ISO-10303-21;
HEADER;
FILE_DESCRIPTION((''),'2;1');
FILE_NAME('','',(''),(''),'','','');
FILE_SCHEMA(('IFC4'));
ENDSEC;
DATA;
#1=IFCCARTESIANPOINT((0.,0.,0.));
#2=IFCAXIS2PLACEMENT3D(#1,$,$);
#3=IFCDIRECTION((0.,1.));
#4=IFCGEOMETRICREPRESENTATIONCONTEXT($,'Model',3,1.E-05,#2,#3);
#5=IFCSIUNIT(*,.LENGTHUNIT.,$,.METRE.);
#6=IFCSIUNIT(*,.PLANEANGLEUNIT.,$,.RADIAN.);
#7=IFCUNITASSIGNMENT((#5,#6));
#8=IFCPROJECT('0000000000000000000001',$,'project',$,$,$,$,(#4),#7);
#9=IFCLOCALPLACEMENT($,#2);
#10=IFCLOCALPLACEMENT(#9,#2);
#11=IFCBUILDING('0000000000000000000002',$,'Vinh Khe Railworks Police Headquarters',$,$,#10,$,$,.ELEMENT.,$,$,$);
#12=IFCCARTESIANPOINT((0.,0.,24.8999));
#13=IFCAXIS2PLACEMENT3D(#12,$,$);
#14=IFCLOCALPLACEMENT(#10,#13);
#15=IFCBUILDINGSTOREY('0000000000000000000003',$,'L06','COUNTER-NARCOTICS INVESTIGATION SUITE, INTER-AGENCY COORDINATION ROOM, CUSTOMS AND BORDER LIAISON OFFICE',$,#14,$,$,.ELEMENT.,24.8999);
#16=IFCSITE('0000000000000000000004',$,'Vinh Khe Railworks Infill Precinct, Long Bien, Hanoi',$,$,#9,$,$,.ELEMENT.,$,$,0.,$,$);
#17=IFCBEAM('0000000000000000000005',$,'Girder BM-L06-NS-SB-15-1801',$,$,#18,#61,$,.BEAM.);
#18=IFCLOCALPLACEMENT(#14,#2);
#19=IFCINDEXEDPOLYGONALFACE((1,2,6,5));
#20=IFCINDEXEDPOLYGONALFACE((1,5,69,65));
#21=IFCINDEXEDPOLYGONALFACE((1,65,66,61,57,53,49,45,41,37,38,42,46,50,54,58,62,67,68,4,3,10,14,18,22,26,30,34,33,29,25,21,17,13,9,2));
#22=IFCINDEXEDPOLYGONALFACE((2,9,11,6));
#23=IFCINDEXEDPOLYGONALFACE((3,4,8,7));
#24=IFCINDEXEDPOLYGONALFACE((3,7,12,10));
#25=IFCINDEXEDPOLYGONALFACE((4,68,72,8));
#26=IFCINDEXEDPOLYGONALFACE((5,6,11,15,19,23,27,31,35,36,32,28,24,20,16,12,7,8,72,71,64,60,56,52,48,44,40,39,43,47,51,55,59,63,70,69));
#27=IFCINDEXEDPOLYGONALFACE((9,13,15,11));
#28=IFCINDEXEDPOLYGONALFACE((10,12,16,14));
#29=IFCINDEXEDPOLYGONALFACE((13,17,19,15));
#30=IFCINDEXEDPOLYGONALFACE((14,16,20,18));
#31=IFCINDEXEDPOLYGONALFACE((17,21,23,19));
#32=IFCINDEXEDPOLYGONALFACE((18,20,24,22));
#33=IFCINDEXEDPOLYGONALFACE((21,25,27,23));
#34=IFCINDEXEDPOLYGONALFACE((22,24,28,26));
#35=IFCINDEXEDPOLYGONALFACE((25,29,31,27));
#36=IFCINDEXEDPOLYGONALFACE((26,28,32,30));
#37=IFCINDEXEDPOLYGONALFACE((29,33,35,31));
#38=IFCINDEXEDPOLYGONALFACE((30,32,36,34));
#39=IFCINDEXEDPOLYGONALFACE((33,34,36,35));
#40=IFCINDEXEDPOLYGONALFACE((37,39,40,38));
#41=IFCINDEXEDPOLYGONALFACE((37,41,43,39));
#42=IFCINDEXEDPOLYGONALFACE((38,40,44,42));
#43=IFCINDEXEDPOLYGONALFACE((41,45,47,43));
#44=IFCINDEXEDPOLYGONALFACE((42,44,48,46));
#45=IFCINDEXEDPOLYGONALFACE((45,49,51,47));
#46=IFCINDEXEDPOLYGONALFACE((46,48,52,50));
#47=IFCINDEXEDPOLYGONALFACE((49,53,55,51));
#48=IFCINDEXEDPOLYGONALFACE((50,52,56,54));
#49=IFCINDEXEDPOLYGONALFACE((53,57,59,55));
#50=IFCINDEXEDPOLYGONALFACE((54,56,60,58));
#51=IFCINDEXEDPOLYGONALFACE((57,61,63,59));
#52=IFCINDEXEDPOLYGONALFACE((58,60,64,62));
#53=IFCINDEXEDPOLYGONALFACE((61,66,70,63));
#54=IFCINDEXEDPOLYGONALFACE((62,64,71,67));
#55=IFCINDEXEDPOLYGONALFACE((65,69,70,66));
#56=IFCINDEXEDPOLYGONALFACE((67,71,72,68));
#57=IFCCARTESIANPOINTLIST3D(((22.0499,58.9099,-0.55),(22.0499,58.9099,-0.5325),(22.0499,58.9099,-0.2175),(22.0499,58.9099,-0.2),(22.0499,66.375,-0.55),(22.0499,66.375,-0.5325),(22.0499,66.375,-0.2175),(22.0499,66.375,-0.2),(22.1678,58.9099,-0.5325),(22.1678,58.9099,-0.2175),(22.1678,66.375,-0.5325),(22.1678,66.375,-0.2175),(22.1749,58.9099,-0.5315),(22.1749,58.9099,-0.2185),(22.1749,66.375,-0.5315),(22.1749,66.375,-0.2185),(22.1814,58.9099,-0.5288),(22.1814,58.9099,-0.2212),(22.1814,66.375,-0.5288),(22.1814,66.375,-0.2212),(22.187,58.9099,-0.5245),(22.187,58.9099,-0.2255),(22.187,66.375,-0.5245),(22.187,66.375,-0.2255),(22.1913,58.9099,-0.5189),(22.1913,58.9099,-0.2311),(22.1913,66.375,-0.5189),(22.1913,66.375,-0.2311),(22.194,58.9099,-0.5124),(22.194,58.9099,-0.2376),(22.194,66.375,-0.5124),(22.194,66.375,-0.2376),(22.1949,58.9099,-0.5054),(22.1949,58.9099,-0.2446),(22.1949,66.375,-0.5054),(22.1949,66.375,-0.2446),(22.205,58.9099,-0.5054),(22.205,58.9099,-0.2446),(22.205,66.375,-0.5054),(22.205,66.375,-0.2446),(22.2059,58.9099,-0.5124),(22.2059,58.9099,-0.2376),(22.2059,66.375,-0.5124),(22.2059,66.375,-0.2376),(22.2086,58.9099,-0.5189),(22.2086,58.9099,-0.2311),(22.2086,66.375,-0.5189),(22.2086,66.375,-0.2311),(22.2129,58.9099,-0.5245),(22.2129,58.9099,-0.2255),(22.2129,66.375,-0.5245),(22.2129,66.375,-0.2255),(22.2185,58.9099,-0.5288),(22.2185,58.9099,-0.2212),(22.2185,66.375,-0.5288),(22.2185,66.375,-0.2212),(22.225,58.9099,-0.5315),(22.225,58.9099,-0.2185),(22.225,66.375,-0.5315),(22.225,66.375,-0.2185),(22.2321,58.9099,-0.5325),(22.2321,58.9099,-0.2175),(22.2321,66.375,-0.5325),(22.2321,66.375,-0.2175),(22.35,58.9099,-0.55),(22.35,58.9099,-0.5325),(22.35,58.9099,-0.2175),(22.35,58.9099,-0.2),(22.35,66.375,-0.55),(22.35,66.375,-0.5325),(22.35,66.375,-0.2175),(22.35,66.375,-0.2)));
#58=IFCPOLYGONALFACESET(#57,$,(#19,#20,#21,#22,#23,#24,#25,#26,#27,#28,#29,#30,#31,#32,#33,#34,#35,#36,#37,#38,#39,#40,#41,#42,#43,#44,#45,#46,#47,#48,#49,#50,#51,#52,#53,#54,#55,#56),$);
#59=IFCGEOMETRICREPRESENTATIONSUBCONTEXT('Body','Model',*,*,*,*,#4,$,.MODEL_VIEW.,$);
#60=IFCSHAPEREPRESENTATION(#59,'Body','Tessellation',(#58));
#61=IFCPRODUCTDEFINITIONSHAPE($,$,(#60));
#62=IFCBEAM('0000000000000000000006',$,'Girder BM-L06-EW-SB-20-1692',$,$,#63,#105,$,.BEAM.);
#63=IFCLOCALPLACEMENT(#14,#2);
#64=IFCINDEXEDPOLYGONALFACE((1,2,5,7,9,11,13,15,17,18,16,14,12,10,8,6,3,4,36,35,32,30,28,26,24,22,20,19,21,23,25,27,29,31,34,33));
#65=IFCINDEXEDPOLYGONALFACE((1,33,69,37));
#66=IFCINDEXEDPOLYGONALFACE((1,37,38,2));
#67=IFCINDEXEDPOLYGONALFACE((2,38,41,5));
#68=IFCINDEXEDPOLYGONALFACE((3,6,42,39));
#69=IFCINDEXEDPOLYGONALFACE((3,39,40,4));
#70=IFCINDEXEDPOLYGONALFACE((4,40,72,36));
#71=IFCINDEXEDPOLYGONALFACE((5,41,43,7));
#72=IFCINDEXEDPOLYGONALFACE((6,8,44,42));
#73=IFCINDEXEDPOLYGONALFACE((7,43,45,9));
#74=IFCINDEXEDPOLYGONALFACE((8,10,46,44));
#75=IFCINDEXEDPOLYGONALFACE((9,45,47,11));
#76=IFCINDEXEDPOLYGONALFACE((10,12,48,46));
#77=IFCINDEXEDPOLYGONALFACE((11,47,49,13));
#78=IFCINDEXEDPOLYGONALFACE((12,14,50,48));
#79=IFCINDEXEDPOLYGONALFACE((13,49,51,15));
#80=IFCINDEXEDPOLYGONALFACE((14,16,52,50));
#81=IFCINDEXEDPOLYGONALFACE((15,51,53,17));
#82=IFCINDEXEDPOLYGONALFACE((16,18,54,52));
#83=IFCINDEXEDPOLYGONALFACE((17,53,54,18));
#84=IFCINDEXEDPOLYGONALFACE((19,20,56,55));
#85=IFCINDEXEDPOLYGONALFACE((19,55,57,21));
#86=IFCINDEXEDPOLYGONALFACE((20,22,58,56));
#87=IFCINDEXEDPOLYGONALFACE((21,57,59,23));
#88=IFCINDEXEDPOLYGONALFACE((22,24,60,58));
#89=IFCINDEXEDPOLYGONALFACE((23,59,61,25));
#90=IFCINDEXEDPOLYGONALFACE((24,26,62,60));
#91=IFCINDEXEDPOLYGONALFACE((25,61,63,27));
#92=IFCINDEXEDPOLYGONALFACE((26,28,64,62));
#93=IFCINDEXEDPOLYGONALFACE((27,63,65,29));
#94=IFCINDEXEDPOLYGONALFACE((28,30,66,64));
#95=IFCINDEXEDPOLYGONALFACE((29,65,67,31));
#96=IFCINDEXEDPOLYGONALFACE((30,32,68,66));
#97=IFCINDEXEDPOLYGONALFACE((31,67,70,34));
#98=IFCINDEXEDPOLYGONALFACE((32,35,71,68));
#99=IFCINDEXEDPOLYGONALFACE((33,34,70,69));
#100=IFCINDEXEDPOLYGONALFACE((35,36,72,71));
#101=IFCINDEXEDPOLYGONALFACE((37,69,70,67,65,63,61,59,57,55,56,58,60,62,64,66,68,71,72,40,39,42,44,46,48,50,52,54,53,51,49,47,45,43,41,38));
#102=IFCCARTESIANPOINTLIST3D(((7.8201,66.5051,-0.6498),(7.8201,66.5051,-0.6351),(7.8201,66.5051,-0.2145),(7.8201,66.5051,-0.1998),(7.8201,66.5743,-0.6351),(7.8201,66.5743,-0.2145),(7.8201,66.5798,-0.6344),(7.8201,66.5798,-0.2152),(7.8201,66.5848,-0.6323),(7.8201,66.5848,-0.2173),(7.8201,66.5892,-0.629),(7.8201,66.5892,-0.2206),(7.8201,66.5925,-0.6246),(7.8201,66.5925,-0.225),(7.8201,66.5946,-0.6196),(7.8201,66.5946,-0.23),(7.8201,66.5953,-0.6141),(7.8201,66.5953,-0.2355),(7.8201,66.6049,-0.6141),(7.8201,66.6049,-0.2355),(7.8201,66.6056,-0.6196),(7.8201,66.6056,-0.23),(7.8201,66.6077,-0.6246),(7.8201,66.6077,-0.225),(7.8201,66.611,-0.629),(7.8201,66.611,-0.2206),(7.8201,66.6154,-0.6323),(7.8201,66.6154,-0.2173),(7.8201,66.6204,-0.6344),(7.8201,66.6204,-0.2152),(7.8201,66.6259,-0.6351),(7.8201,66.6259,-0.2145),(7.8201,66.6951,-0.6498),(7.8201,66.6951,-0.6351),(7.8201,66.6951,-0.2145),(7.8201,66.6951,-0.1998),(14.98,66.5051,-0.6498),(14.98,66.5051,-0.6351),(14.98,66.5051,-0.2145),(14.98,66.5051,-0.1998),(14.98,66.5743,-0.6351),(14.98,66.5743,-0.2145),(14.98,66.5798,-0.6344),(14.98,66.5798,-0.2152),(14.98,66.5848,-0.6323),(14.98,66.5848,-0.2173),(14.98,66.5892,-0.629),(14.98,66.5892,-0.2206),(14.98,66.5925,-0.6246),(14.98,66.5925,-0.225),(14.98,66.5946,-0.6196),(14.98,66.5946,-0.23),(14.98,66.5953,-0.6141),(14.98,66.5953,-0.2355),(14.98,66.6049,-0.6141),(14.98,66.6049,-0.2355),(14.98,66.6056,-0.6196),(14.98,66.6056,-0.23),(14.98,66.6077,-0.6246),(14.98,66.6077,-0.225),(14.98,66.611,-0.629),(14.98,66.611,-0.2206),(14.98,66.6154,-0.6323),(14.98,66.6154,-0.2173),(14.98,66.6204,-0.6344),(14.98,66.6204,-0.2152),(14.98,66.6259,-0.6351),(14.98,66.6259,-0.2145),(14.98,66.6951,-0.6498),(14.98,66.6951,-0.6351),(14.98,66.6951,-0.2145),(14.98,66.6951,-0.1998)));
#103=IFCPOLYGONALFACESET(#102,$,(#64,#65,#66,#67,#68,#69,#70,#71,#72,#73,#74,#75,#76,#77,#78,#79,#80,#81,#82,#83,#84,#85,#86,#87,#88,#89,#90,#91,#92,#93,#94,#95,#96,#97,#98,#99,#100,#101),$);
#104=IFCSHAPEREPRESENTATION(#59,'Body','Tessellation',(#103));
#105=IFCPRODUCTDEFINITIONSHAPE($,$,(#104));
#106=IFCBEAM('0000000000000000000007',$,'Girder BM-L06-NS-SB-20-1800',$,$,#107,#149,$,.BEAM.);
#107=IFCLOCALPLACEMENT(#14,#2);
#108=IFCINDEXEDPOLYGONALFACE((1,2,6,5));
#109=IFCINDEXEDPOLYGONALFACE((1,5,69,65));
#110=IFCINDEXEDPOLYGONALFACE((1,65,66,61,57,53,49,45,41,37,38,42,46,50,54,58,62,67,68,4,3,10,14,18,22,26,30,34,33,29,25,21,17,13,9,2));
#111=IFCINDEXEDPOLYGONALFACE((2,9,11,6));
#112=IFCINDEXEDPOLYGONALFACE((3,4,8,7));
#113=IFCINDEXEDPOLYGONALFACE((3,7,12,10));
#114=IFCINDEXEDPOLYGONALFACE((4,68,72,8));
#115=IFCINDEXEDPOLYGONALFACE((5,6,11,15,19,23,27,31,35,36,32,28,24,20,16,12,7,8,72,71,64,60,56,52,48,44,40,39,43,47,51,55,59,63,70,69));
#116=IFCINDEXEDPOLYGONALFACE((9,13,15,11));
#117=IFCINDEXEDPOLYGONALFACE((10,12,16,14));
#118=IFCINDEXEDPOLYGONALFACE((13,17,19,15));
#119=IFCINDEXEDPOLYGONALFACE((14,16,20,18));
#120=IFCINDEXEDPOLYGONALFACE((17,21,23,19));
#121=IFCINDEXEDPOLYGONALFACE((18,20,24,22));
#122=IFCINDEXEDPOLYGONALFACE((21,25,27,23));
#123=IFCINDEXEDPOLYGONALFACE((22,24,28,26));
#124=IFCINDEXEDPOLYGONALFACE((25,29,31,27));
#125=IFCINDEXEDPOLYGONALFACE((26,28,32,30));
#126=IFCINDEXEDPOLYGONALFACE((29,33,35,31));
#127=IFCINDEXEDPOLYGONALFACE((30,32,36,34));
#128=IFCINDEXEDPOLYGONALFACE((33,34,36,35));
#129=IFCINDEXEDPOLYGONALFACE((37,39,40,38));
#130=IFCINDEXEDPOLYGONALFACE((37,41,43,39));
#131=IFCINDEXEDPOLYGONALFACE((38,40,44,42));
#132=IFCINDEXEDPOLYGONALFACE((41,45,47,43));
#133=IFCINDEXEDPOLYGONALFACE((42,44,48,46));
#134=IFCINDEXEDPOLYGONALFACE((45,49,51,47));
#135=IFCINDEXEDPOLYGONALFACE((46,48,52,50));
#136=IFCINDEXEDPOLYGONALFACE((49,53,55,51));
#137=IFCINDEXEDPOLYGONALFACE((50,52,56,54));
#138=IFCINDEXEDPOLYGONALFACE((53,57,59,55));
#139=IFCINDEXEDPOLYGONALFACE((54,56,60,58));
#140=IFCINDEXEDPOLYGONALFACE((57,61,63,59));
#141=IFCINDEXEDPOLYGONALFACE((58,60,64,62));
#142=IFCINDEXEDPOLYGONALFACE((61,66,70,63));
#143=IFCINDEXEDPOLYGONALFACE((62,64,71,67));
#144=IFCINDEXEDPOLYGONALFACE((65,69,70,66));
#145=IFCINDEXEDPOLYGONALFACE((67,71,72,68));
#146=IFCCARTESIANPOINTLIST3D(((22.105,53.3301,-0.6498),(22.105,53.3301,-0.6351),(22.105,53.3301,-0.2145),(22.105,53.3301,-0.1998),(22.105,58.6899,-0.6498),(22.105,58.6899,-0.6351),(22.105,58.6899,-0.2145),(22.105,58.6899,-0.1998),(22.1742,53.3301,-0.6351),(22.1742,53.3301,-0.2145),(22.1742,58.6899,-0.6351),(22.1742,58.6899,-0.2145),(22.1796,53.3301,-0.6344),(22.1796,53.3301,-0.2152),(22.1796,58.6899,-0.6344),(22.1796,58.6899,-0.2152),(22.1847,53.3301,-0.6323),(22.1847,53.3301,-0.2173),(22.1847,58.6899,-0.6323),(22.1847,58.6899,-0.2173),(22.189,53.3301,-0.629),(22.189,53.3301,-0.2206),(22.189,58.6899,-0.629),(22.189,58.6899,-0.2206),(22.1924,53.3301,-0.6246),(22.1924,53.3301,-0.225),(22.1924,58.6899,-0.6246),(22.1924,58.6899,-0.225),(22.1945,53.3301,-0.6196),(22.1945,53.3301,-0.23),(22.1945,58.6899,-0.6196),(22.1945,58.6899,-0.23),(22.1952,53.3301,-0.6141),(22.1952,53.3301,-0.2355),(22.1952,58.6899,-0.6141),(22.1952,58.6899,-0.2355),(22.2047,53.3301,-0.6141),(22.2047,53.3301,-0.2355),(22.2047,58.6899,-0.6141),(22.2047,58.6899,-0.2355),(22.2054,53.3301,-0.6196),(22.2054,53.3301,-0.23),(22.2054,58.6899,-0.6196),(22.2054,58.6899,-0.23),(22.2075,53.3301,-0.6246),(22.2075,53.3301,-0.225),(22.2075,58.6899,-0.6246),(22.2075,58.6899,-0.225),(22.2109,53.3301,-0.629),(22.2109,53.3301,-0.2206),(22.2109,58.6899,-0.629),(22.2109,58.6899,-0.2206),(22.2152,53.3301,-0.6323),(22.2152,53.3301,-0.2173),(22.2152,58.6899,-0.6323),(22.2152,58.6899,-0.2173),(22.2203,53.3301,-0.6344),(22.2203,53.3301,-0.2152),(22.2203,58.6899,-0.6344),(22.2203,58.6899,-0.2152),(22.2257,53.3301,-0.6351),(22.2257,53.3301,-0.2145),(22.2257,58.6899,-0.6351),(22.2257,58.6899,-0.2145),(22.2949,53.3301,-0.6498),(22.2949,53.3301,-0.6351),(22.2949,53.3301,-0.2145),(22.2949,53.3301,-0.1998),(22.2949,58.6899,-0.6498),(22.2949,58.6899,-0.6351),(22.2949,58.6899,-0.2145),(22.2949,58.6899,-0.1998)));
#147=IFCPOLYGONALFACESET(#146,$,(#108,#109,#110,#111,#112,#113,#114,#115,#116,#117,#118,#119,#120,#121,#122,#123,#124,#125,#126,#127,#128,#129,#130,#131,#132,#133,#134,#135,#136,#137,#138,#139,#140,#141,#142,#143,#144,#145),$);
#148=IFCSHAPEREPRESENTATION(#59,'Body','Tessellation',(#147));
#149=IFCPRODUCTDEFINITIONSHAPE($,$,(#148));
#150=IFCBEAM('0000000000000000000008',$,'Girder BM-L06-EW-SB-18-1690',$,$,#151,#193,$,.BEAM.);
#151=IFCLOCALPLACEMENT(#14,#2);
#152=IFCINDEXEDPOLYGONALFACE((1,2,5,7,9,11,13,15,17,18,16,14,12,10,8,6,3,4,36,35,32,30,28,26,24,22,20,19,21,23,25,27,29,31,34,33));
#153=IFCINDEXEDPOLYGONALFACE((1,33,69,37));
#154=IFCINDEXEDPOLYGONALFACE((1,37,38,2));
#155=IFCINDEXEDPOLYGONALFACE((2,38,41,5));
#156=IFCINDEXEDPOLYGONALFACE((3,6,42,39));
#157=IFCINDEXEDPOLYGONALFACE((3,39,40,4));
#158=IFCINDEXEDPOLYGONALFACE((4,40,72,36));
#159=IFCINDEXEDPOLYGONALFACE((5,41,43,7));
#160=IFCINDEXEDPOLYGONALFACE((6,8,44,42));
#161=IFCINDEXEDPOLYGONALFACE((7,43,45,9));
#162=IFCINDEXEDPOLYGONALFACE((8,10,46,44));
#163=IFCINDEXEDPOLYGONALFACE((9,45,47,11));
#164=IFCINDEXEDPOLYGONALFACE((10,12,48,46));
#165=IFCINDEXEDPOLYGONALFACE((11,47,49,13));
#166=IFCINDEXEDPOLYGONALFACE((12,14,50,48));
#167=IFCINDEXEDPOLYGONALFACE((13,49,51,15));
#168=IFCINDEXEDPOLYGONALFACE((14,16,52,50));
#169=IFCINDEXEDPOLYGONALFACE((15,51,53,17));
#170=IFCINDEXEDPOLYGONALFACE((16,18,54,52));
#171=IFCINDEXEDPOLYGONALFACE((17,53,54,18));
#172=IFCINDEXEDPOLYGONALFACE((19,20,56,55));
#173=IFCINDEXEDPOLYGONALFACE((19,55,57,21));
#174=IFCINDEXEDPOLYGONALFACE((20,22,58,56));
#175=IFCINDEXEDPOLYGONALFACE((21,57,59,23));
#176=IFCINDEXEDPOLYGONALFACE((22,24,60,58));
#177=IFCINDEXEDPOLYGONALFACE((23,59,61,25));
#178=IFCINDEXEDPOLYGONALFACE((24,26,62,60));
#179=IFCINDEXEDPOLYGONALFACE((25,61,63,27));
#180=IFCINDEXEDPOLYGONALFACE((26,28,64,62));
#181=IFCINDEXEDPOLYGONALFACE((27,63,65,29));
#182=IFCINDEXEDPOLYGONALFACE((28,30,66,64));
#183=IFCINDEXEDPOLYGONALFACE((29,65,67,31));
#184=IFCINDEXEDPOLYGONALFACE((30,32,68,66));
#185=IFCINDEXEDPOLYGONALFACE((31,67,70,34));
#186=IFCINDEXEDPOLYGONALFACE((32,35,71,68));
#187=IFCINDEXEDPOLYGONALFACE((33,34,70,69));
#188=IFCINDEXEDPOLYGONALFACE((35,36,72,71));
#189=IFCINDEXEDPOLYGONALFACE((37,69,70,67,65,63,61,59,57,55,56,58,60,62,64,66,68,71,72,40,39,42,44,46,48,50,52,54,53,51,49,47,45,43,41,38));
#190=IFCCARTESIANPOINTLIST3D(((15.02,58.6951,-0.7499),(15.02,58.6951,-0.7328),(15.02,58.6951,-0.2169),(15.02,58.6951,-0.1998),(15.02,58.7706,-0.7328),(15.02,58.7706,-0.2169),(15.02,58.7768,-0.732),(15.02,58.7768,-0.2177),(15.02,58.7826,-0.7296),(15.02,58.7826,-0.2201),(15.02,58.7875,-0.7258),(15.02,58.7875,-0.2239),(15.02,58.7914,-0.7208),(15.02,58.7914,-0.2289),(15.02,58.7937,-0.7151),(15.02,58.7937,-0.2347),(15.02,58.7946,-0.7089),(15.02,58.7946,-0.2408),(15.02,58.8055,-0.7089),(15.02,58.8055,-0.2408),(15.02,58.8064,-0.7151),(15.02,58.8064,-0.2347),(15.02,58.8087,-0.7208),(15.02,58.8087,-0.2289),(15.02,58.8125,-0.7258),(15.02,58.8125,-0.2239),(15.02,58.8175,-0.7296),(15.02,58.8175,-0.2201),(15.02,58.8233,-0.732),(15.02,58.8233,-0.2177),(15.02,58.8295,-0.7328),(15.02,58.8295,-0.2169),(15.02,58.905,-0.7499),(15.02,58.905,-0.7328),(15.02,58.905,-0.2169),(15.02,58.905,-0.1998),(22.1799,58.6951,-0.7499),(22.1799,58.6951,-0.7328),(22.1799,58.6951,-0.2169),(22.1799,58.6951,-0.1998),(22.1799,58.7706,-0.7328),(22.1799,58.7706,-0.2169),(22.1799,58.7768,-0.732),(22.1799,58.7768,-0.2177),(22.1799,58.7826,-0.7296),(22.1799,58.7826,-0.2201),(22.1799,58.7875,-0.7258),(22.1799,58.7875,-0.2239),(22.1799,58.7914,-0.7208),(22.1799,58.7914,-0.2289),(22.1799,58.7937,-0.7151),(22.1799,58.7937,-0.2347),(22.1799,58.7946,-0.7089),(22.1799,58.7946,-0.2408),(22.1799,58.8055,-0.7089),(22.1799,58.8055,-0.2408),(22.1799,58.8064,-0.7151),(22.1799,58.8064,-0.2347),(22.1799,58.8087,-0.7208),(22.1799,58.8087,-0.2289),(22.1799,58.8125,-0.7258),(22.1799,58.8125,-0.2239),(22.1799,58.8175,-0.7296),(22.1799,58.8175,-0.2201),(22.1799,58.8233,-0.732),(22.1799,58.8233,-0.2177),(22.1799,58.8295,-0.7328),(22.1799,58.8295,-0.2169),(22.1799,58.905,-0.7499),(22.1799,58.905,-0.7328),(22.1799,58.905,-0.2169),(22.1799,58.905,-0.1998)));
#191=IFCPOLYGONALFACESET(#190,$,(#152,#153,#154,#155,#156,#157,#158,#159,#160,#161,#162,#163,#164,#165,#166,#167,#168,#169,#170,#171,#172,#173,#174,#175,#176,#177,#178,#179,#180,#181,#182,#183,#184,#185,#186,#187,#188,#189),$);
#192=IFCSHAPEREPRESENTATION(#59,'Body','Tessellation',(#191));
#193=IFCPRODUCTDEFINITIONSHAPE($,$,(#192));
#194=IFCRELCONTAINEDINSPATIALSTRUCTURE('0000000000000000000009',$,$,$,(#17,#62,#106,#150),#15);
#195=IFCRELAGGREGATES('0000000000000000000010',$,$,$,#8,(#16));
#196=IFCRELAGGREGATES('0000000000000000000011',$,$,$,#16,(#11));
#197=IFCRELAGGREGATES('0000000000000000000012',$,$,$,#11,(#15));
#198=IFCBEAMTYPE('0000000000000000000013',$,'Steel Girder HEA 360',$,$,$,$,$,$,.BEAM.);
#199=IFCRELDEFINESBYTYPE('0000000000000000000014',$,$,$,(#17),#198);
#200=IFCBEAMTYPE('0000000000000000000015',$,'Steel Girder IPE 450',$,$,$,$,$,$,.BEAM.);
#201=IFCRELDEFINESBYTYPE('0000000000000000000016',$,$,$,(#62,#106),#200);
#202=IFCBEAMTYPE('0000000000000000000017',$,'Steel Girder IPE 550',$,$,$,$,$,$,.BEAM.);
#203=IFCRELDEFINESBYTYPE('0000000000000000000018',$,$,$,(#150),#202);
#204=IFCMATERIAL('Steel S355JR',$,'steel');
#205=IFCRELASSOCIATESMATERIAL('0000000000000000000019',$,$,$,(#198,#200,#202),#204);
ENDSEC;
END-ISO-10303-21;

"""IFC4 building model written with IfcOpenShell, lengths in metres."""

from ifc_helpers import new_model, si_unit, direction, frame, origin, origin_2d, place, context, subcontext, project, spatial, i_section, extrude, material, material_profile, profile_set, type_object, element, save


model = new_model("IFC4")

# Units and contexts
model_context = context("Model", 3, precision=1e-05, world=origin(), true_north=direction((0.0, 1.0)))
body_context = subcontext(model_context, "Body", "Model", "MODEL_VIEW")
ifc_project = project(units=[si_unit("LENGTHUNIT", "METRE"), si_unit("PLANEANGLEUNIT", "RADIAN")], contexts=[model_context])

# Site, building, storey
site_placement = place(None, origin())
site = spatial("IfcSite", under=ifc_project, at=site_placement, Name="Vinh Khe Railworks Infill Precinct, Long Bien, Hanoi", CompositionType="ELEMENT", RefElevation=0.0)
building_placement = place(site_placement, origin())
building = spatial("IfcBuilding", under=site, at=building_placement, Name="Vinh Khe Railworks Police Headquarters", CompositionType="ELEMENT")
storey_placement = place(building_placement, frame((0.0, 0.0, 24.8999)))
storey = spatial("IfcBuildingStorey", under=building, at=storey_placement, Name="L06", Description="COUNTER-NARCOTICS INVESTIGATION SUITE, INTER-AGENCY COORDINATION ROOM, CUSTOMS AND BORDER LIAISON OFFICE", CompositionType="ELEMENT", Elevation=24.8999)

# Shared definitions
ifc_material_1 = material(Name="Steel S355JR", Category="steel")

# Beams
ifc_material_profile_1 = material_profile(ifc_material_1, i_section(OverallWidth=0.3, OverallDepth=0.3501, WebThickness=0.01, FlangeThickness=0.0176, FilletRadius=0.0271, at=origin_2d()), Name="HEA 360")
ifc_profile_set_1 = profile_set([ifc_material_profile_1], Name="Steel S355JR")
beam_type_1 = type_object("IfcBeamType", Name="Steel Girder HEA 360", PredefinedType="BEAM", material=ifc_profile_set_1)
beam_1_placement = place(storey_placement, frame((22.2, 58.9099, -0.375), z_axis=(0.0, 1.0, 0.0), x_axis=(-1.0, 0.0, 0.0)))
element("IfcBeam", 1, at=beam_1_placement, inside=storey, type_object=beam_type_1, Name="Girder BM-L06-NS-SB-15-1801", PredefinedType="BEAM", context=body_context, shape_type="SweptSolid", body=[
    extrude(i_section(OverallWidth=0.3, OverallDepth=0.3501, WebThickness=0.01, FlangeThickness=0.0176, FilletRadius=0.0271, at=origin_2d()), origin(), (0.0, 0.0, 1.0), 7.4651),
])
ifc_material_profile_2 = material_profile(ifc_material_1, i_section(OverallWidth=0.1899, OverallDepth=0.45, WebThickness=0.0095, FlangeThickness=0.0146, FilletRadius=0.021, at=origin_2d()), Name="IPE 450")
ifc_profile_set_2 = profile_set([ifc_material_profile_2], Name="Steel S355JR")
beam_type_2 = type_object("IfcBeamType", Name="Steel Girder IPE 450", PredefinedType="BEAM", material=ifc_profile_set_2)
beam_2_placement = place(storey_placement, frame((7.8201, 66.6001, -0.4248), z_axis=(1.0, 0.0, 0.0), x_axis=(0.0, 1.0, 0.0)))
element("IfcBeam", 2, at=beam_2_placement, inside=storey, type_object=beam_type_2, Name="Girder BM-L06-EW-SB-20-1692", PredefinedType="BEAM", context=body_context, shape_type="SweptSolid", body=[
    extrude(i_section(OverallWidth=0.1899, OverallDepth=0.45, WebThickness=0.0095, FlangeThickness=0.0146, FilletRadius=0.021, at=origin_2d()), origin(), (0.0, 0.0, 1.0), 7.1599),
])
beam_3_placement = place(storey_placement, frame((22.2, 53.3301, -0.4248), z_axis=(0.0, 1.0, 0.0), x_axis=(-1.0, 0.0, 0.0)))
element("IfcBeam", 3, at=beam_3_placement, inside=storey, type_object=beam_type_2, Name="Girder BM-L06-NS-SB-20-1800", PredefinedType="BEAM", context=body_context, shape_type="SweptSolid", body=[
    extrude(i_section(OverallWidth=0.1899, OverallDepth=0.45, WebThickness=0.0095, FlangeThickness=0.0146, FilletRadius=0.021, at=origin_2d()), origin(), (0.0, 0.0, 1.0), 5.3599),
])
ifc_material_profile_3 = material_profile(ifc_material_1, i_section(OverallWidth=0.21, OverallDepth=0.55, WebThickness=0.011, FlangeThickness=0.0171, FilletRadius=0.0239, at=origin_2d()), Name="IPE 550")
ifc_profile_set_3 = profile_set([ifc_material_profile_3], Name="Steel S355JR")
beam_type_3 = type_object("IfcBeamType", Name="Steel Girder IPE 550", PredefinedType="BEAM", material=ifc_profile_set_3)
beam_4_placement = place(storey_placement, frame((15.02, 58.8, -0.4749), z_axis=(1.0, 0.0, 0.0), x_axis=(0.0, 1.0, 0.0)))
element("IfcBeam", 4, at=beam_4_placement, inside=storey, type_object=beam_type_3, Name="Girder BM-L06-EW-SB-18-1690", PredefinedType="BEAM", context=body_context, shape_type="SweptSolid", body=[
    extrude(i_section(OverallWidth=0.21, OverallDepth=0.55, WebThickness=0.011, FlangeThickness=0.0171, FilletRadius=0.0239, at=origin_2d()), origin(), (0.0, 0.0, 1.0), 7.1599),
])

save(model, "model.ifc")
